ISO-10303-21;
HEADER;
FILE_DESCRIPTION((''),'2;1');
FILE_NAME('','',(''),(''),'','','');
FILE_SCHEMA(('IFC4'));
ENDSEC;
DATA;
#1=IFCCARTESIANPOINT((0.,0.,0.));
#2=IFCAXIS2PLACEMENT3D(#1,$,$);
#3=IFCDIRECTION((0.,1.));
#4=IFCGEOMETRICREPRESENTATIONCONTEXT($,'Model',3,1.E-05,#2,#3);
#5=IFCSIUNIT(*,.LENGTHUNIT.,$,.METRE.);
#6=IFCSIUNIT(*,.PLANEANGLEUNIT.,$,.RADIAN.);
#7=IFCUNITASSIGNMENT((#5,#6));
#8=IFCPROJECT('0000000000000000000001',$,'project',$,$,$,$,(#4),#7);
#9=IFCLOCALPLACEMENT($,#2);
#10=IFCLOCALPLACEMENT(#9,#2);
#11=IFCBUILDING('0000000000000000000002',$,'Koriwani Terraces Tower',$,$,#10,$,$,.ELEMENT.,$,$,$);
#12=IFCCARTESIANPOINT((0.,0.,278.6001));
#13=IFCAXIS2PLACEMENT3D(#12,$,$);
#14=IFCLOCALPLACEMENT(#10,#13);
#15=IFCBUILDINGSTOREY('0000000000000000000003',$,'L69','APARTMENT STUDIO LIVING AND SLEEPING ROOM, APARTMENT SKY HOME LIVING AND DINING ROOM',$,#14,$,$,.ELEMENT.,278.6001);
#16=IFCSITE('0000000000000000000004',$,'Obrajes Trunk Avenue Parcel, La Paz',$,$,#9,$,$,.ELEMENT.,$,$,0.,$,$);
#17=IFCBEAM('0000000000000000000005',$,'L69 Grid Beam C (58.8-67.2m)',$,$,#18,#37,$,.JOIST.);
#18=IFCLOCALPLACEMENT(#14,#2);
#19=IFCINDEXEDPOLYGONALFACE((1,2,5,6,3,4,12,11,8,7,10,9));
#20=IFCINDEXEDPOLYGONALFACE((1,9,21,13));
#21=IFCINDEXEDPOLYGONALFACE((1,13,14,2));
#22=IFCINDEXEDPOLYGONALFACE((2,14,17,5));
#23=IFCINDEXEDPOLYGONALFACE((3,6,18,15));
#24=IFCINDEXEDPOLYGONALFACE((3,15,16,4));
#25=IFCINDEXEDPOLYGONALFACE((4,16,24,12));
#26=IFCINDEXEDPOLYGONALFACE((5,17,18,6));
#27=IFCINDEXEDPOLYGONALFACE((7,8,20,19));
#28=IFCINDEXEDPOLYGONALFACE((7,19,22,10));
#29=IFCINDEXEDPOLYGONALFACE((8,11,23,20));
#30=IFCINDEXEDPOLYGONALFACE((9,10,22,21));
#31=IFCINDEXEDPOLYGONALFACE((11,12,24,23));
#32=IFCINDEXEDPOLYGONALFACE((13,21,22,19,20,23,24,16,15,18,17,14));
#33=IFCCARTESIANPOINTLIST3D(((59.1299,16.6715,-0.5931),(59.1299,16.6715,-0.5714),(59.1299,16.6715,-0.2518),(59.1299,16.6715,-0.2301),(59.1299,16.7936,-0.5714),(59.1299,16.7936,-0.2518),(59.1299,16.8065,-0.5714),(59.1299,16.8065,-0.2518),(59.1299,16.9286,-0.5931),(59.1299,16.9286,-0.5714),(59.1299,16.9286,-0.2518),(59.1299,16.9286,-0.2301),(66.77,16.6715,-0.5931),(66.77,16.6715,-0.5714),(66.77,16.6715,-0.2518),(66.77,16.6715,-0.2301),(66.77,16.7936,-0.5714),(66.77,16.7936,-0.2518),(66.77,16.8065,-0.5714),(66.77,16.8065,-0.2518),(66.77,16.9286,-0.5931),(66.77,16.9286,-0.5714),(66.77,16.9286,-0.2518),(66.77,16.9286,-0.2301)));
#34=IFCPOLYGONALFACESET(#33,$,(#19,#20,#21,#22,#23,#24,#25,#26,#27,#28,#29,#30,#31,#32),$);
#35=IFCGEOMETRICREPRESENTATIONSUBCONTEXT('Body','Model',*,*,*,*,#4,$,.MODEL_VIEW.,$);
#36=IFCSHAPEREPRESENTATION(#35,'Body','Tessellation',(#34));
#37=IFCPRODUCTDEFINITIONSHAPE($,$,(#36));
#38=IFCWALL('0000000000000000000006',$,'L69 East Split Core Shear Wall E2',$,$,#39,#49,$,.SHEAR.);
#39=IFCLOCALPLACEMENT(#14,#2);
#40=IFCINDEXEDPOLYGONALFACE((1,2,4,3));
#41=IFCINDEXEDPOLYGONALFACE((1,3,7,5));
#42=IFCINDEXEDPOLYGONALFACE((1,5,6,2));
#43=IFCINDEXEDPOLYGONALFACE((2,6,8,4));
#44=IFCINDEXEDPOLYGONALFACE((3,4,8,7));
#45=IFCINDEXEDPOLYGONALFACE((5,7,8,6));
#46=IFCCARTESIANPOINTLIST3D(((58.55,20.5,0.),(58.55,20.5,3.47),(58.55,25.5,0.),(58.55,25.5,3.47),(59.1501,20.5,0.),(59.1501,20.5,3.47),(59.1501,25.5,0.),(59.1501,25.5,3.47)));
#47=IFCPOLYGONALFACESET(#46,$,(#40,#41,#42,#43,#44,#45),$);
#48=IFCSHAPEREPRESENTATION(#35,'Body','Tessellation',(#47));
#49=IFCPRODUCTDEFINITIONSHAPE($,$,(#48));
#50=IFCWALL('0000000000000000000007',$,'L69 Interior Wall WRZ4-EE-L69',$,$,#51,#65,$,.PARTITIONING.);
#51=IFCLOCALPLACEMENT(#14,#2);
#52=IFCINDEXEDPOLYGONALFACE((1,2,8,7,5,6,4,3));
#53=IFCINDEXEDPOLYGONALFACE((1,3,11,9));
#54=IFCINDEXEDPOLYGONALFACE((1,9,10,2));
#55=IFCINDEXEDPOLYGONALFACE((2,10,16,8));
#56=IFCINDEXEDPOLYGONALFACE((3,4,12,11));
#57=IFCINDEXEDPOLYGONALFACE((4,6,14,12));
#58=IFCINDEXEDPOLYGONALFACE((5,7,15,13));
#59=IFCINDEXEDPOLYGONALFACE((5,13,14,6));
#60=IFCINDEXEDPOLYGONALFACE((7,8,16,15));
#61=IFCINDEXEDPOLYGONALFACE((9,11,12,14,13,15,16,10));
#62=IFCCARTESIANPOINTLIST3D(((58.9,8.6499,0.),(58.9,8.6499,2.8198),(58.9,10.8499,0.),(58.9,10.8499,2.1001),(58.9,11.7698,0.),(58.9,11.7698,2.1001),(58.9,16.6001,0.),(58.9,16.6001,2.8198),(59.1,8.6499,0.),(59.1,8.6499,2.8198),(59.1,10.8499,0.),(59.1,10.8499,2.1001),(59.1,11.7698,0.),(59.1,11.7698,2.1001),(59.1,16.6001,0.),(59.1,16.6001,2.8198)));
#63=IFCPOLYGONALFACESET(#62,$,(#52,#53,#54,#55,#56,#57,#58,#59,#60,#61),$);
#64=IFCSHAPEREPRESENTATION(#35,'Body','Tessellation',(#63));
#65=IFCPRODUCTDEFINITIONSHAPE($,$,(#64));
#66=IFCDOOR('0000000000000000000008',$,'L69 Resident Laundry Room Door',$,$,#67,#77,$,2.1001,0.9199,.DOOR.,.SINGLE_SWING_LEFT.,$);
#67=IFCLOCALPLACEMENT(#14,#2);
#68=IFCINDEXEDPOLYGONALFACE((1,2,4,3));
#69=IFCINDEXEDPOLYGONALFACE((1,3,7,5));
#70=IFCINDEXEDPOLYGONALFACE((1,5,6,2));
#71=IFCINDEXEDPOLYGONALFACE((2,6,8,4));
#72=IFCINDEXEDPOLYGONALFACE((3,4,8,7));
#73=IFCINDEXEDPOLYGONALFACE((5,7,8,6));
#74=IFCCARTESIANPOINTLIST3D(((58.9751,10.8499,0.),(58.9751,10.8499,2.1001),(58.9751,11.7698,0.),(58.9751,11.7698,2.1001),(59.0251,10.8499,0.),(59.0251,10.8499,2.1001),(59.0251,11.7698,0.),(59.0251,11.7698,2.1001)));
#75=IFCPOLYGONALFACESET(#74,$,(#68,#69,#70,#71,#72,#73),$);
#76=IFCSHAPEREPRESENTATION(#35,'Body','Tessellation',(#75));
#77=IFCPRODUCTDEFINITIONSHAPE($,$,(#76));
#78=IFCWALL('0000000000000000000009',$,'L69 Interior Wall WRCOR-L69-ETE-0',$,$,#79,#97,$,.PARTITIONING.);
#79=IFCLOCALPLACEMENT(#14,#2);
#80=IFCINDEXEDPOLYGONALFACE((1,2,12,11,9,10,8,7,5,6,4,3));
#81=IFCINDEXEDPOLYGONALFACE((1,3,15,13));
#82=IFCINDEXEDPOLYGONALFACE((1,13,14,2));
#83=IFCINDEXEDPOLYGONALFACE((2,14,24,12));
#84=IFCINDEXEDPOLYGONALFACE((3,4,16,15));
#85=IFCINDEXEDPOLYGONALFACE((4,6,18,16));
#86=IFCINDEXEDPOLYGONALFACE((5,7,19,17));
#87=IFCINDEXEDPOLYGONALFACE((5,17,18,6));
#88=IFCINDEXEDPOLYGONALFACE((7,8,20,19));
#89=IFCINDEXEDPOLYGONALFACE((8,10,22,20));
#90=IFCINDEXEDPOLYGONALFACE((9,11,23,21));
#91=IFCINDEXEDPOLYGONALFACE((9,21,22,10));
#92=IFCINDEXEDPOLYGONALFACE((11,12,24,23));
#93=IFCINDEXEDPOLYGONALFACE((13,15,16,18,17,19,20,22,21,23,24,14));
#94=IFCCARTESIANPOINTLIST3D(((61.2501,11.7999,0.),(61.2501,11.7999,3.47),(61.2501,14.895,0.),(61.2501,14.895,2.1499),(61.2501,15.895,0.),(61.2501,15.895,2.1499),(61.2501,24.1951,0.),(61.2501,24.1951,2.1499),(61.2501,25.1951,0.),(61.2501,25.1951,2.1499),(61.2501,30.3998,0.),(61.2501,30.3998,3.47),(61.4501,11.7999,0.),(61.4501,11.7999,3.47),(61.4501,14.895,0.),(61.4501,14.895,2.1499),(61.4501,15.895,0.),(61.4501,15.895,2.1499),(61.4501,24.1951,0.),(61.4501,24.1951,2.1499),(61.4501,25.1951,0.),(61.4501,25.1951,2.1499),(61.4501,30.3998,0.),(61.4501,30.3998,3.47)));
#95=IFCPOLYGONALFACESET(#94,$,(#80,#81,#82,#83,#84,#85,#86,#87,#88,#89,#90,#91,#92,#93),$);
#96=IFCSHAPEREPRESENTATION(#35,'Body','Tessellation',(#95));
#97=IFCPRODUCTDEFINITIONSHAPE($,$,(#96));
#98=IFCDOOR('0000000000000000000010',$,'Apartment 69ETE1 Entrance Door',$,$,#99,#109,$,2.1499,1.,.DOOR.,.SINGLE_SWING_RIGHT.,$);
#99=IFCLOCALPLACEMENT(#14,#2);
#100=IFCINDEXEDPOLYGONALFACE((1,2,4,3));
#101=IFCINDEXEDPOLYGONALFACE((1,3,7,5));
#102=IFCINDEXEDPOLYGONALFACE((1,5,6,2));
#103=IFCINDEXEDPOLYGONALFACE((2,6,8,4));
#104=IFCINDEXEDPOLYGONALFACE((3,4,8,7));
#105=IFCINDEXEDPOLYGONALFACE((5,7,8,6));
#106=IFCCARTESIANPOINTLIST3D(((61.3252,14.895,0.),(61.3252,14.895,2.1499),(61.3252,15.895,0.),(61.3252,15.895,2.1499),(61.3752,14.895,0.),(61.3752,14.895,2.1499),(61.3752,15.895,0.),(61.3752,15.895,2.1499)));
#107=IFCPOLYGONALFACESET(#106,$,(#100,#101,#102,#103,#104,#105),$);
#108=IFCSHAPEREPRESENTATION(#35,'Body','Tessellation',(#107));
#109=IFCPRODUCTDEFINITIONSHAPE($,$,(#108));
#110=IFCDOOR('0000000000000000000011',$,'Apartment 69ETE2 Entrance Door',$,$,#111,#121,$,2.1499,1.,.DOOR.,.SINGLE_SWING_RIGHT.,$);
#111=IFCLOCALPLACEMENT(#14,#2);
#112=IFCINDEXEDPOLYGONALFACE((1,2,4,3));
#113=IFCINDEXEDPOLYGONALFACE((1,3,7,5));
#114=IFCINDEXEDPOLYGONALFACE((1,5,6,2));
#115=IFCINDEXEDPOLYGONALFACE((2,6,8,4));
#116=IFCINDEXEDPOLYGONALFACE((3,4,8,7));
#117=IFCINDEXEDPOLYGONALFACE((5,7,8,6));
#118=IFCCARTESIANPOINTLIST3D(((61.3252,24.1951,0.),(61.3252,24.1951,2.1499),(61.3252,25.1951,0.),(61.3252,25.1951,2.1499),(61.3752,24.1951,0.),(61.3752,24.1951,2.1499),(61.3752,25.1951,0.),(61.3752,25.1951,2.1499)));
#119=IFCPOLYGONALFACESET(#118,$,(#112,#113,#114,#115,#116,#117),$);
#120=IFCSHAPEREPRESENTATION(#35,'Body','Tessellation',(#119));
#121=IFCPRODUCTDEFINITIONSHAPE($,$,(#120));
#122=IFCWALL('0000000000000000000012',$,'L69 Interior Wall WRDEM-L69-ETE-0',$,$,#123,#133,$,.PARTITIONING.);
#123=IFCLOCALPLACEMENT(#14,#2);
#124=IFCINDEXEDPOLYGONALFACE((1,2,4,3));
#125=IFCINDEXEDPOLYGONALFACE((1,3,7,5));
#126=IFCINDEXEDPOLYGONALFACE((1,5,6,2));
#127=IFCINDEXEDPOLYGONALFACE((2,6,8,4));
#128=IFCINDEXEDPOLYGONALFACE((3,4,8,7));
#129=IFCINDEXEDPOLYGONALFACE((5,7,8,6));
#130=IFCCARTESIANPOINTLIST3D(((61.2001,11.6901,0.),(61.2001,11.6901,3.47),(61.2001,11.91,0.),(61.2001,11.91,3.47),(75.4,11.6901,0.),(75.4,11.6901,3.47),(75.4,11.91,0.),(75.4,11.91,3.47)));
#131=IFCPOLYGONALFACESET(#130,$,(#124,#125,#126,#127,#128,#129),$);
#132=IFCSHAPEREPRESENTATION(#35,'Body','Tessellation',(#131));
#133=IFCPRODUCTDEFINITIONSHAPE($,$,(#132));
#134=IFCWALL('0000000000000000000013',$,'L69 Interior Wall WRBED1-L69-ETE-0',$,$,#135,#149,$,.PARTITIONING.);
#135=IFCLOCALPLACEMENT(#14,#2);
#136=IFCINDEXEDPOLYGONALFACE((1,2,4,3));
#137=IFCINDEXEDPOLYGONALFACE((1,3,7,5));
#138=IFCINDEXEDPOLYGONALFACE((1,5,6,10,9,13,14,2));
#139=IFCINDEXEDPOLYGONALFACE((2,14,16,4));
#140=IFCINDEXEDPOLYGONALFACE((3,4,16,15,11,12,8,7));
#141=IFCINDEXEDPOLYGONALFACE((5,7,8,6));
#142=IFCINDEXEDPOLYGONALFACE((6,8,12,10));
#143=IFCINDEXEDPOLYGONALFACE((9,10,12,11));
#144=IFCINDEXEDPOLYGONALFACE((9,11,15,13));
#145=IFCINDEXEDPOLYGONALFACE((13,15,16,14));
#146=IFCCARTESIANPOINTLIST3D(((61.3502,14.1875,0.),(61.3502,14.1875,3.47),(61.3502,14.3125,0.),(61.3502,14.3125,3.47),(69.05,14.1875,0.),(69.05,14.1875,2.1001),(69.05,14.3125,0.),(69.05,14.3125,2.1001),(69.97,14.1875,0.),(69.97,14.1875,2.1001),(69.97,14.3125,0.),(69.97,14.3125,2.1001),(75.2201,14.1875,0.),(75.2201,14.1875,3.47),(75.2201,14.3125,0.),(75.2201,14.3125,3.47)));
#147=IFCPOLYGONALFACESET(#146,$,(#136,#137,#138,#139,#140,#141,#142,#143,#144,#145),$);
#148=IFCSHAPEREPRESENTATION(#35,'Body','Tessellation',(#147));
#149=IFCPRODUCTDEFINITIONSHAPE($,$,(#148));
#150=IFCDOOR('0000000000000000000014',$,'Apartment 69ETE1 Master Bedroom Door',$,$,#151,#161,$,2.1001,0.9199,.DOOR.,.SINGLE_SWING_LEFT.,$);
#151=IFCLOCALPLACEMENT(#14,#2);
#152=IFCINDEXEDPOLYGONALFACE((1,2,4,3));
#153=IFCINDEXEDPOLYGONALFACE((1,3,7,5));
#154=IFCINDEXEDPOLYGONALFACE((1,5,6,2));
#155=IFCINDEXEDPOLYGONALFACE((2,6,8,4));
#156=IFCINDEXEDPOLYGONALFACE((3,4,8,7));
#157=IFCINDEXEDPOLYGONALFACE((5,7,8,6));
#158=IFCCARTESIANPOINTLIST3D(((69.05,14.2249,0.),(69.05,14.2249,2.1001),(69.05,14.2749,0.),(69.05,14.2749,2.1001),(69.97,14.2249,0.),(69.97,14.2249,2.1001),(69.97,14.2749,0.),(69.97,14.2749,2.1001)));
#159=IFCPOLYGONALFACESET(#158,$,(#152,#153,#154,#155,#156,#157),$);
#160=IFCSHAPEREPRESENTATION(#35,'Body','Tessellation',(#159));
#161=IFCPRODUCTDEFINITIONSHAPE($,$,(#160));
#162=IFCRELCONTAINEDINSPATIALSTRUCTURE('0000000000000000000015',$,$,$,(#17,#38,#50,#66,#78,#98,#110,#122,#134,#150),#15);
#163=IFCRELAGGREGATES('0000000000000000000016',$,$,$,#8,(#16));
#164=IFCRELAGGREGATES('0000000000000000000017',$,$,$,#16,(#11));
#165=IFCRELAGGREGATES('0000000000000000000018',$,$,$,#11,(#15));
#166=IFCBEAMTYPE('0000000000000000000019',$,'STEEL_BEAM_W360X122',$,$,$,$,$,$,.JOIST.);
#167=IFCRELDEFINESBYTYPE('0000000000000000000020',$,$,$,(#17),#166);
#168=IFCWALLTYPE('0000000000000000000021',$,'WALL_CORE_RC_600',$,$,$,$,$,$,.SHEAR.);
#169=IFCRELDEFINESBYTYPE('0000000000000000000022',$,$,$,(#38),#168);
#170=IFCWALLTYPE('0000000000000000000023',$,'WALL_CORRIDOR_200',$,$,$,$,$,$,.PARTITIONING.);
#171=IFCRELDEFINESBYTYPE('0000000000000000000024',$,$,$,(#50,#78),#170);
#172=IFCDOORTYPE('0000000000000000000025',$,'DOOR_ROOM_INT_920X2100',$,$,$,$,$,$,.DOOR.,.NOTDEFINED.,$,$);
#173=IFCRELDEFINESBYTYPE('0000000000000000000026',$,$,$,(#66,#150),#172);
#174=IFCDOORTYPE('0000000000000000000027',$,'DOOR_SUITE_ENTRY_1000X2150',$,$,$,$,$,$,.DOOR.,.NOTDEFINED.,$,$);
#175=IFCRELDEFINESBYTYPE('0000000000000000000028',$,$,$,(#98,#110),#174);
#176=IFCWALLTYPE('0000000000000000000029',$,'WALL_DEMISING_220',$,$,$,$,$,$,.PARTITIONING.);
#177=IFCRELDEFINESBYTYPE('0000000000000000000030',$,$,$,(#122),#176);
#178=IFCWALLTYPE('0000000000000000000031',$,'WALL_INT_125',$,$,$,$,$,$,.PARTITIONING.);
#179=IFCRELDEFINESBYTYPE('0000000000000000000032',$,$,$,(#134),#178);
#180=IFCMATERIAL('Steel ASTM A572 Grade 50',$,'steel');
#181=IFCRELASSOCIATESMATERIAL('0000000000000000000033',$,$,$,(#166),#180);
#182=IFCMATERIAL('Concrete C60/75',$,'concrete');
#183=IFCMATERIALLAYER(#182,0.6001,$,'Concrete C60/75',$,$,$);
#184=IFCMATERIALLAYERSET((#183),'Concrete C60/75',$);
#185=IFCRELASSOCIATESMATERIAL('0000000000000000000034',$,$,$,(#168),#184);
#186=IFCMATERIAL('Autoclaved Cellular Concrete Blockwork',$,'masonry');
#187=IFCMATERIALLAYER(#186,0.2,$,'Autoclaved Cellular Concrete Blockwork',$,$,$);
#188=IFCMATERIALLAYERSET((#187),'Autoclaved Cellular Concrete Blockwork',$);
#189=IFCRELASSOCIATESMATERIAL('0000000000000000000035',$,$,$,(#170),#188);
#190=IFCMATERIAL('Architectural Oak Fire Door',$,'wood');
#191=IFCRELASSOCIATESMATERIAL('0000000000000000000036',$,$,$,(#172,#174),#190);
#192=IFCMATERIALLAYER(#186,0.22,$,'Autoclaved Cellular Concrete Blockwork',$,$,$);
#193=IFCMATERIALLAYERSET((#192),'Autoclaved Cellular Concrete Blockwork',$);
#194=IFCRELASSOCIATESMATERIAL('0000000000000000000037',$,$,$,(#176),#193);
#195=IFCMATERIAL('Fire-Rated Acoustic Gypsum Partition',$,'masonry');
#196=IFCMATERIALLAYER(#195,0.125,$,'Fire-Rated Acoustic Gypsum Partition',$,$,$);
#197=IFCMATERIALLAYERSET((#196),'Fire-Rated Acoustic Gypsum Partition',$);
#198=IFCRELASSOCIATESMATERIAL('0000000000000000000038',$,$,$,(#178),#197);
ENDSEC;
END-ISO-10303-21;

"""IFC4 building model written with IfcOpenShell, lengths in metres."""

from ifc_helpers import new_model, si_unit, direction, frame, frame_2d, origin, origin_2d, place, context, subcontext, project, spatial, rectangle, i_section, extrude, material, layer, layer_set, material_profile, profile_set, type_object, element, fill, save


model = new_model("IFC4")

# Units and contexts
model_context = context("Model", 3, precision=1e-05, world=origin(), true_north=direction((0.0, 1.0)))
body_context = subcontext(model_context, "Body", "Model", "MODEL_VIEW")
ifc_project = project(units=[si_unit("LENGTHUNIT", "METRE"), si_unit("PLANEANGLEUNIT", "RADIAN")], contexts=[model_context])

# Site, building, storey
site_placement = place(None, origin())
site = spatial("IfcSite", under=ifc_project, at=site_placement, Name="Obrajes Trunk Avenue Parcel, La Paz", CompositionType="ELEMENT", RefElevation=0.0)
building_placement = place(site_placement, origin())
building = spatial("IfcBuilding", under=site, at=building_placement, Name="Koriwani Terraces Tower", CompositionType="ELEMENT")
storey_placement = place(building_placement, frame((0.0, 0.0, 278.6001)))
storey = spatial("IfcBuildingStorey", under=building, at=storey_placement, Name="L69", Description="APARTMENT STUDIO LIVING AND SLEEPING ROOM, APARTMENT SKY HOME LIVING AND DINING ROOM", CompositionType="ELEMENT", Elevation=278.6001)

# Beam
ifc_material_1 = material(Name="Steel ASTM A572 Grade 50", Category="steel")
ifc_material_profile = material_profile(ifc_material_1, i_section(OverallWidth=0.2571, OverallDepth=0.363, WebThickness=0.0129, FlangeThickness=0.0217, at=origin_2d()), Name="Steel ASTM A572 Grade 50", Category="LoadBearing")
ifc_profile_set = profile_set([ifc_material_profile], Name="Steel ASTM A572 Grade 50")
beam_type = type_object("IfcBeamType", Name="STEEL_BEAM_W360X122", PredefinedType="JOIST", material=ifc_profile_set)
beam_placement = place(storey_placement, frame((59.1299, 16.8, -0.4116), z_axis=(1.0, 0.0, 0.0), x_axis=(0.0, 1.0, 0.0)))
element("IfcBeam", 1, at=beam_placement, inside=storey, type_object=beam_type, Name="L69 Grid Beam C (58.8-67.2m)", PredefinedType="JOIST", context=body_context, shape_type="SweptSolid", body=[
    extrude(i_section(OverallWidth=0.2571, OverallDepth=0.363, WebThickness=0.0129, FlangeThickness=0.0217, at=origin_2d()), origin(), (0.0, 0.0, 1.0), 7.6401),
])

# Wall
ifc_material_2 = material(Name="Concrete C60/75", Category="concrete")
ifc_layer_1 = layer(ifc_material_2, 0.6001, Name="Concrete C60/75")
ifc_layer_set_1 = layer_set([ifc_layer_1], Name="Concrete C60/75")
wall_type_1 = type_object("IfcWallType", Name="WALL_CORE_RC_600", PredefinedType="SHEAR", material=ifc_layer_set_1)
wall_1_placement = place(storey_placement, frame((58.8501, 20.5, 0.0), z_axis=(0.0, 0.0, 1.0), x_axis=(0.0, 1.0, 0.0)))
element("IfcWall", 2, at=wall_1_placement, inside=storey, type_object=wall_type_1, Name="L69 East Split Core Shear Wall E2", PredefinedType="SHEAR", context=body_context, shape_type="SweptSolid", body=[
    extrude(rectangle(XDim=5.0, YDim=0.6001, at=frame_2d((2.5, 0.0))), origin(), (0.0, 0.0, 1.0), 3.47),
])

# Wall, opening, door
ifc_material_3 = material(Name="Autoclaved Cellular Concrete Blockwork", Category="masonry")
ifc_layer_2 = layer(ifc_material_3, 0.2, Name="Autoclaved Cellular Concrete Blockwork")
ifc_layer_set_2 = layer_set([ifc_layer_2], Name="Autoclaved Cellular Concrete Blockwork")
wall_type_2 = type_object("IfcWallType", Name="WALL_CORRIDOR_200", PredefinedType="PARTITIONING", material=ifc_layer_set_2)
wall_2_placement = place(storey_placement, frame((59.0, 8.6499, 0.0), z_axis=(0.0, 0.0, 1.0), x_axis=(0.0, 1.0, 0.0)))
wall_2 = element("IfcWall", 3, at=wall_2_placement, inside=storey, type_object=wall_type_2, Name="L69 Interior Wall WRZ4-EE-L69", PredefinedType="PARTITIONING", context=body_context, shape_type="SweptSolid", body=[
    extrude(rectangle(XDim=7.9502, YDim=0.2, at=frame_2d((3.9751, 0.0))), origin(), (0.0, 0.0, 1.0), 2.8198),
])
opening_1_placement = place(wall_2_placement, frame((2.2, 0.0, 0.0)))
opening_1 = element("IfcOpeningElement", 4, at=opening_1_placement, cuts=wall_2, PredefinedType="OPENING", context=body_context, shape_type="SweptSolid", body=[
    extrude(rectangle(XDim=0.9199, YDim=2.1001, at=frame_2d((0.46, 1.05))), frame((0.0, 0.1099, 0.0), z_axis=(0.0, -1.0, 0.0), x_axis=(1.0, 0.0, 0.0)), (0.0, 0.0, 1.0), 0.22),
])
ifc_material_4 = material(Name="Architectural Oak Fire Door", Category="wood")
door_type_1 = type_object("IfcDoorType", Name="DOOR_ROOM_INT_920X2100", OperationType="NOTDEFINED", PredefinedType="DOOR", material=ifc_material_4)
door_1_placement = place(opening_1_placement, origin())
door_1 = element("IfcDoor", 5, at=door_1_placement, inside=storey, type_object=door_type_1, Name="L69 Resident Laundry Room Door", OperationType="SINGLE_SWING_LEFT", OverallHeight=2.1001, OverallWidth=0.9199, PredefinedType="DOOR", context=body_context, shape_type="SweptSolid", body=[
    extrude(rectangle(XDim=0.9199, YDim=2.1001, at=frame_2d((0.46, 1.05))), frame((0.0, 0.0249, 0.0), z_axis=(0.0, -1.0, 0.0), x_axis=(1.0, 0.0, 0.0)), (0.0, 0.0, 1.0), 0.05),
])
fill(opening_1, door_1)

# Wall, openings, doors
wall_3_placement = place(storey_placement, frame((61.3501, 11.8, 0.0), z_axis=(0.0, 0.0, 1.0), x_axis=(0.0, 1.0, 0.0)))
wall_3 = element("IfcWall", 6, at=wall_3_placement, inside=storey, type_object=wall_type_2, Name="L69 Interior Wall WRCOR-L69-ETE-0", PredefinedType="PARTITIONING", context=body_context, shape_type="SweptSolid", body=[
    extrude(rectangle(XDim=18.5999, YDim=0.2, at=frame_2d((9.2998, 0.0))), origin(), (0.0, 0.0, 1.0), 3.47),
])
opening_2_placement = place(wall_3_placement, frame((3.095, 0.0, 0.0)))
opening_2 = element("IfcOpeningElement", 7, at=opening_2_placement, cuts=wall_3, PredefinedType="OPENING", context=body_context, shape_type="SweptSolid", body=[
    extrude(rectangle(XDim=1.0, YDim=2.1499, at=frame_2d((0.5, 1.075))), frame((0.0, 0.1099, 0.0), z_axis=(0.0, -1.0, 0.0), x_axis=(1.0, 0.0, 0.0)), (0.0, 0.0, 1.0), 0.22),
])
opening_3_placement = place(wall_3_placement, frame((12.395, 0.0, 0.0)))
opening_3 = element("IfcOpeningElement", 8, at=opening_3_placement, cuts=wall_3, PredefinedType="OPENING", context=body_context, shape_type="SweptSolid", body=[
    extrude(rectangle(XDim=1.0, YDim=2.1499, at=frame_2d((0.5, 1.075))), frame((0.0, 0.1099, 0.0), z_axis=(0.0, -1.0, 0.0), x_axis=(1.0, 0.0, 0.0)), (0.0, 0.0, 1.0), 0.22),
])
door_type_2 = type_object("IfcDoorType", Name="DOOR_SUITE_ENTRY_1000X2150", OperationType="NOTDEFINED", PredefinedType="DOOR", material=ifc_material_4)
door_2_placement = place(opening_2_placement, origin())
door_2 = element("IfcDoor", 9, at=door_2_placement, inside=storey, type_object=door_type_2, Name="Apartment 69ETE1 Entrance Door", OperationType="SINGLE_SWING_RIGHT", OverallHeight=2.1499, OverallWidth=1.0, PredefinedType="DOOR", context=body_context, shape_type="SweptSolid", body=[
    extrude(rectangle(XDim=1.0, YDim=2.1499, at=frame_2d((0.5, 1.075))), frame((0.0, 0.0249, 0.0), z_axis=(0.0, -1.0, 0.0), x_axis=(1.0, 0.0, 0.0)), (0.0, 0.0, 1.0), 0.05),
])
fill(opening_2, door_2)
door_3_placement = place(opening_3_placement, origin())
door_3 = element("IfcDoor", 10, at=door_3_placement, inside=storey, type_object=door_type_2, Name="Apartment 69ETE2 Entrance Door", OperationType="SINGLE_SWING_RIGHT", OverallHeight=2.1499, OverallWidth=1.0, PredefinedType="DOOR", context=body_context, shape_type="SweptSolid", body=[
    extrude(rectangle(XDim=1.0, YDim=2.1499, at=frame_2d((0.5, 1.075))), frame((0.0, 0.0249, 0.0), z_axis=(0.0, -1.0, 0.0), x_axis=(1.0, 0.0, 0.0)), (0.0, 0.0, 1.0), 0.05),
])
fill(opening_3, door_3)

# Wall
ifc_layer_3 = layer(ifc_material_3, 0.22, Name="Autoclaved Cellular Concrete Blockwork")
ifc_layer_set_3 = layer_set([ifc_layer_3], Name="Autoclaved Cellular Concrete Blockwork")
wall_type_3 = type_object("IfcWallType", Name="WALL_DEMISING_220", PredefinedType="PARTITIONING", material=ifc_layer_set_3)
wall_4_placement = place(storey_placement, frame((61.2, 11.8, 0.0), z_axis=(0.0, 0.0, 1.0), x_axis=(1.0, 0.0, 0.0)))
element("IfcWall", 11, at=wall_4_placement, inside=storey, type_object=wall_type_3, Name="L69 Interior Wall WRDEM-L69-ETE-0", PredefinedType="PARTITIONING", context=body_context, shape_type="SweptSolid", body=[
    extrude(rectangle(XDim=14.2, YDim=0.22, at=frame_2d((7.1001, 0.0))), origin(), (0.0, 0.0, 1.0), 3.47),
])

# Wall, opening, door
ifc_material_5 = material(Name="Fire-Rated Acoustic Gypsum Partition", Category="masonry")
ifc_layer_4 = layer(ifc_material_5, 0.125, Name="Fire-Rated Acoustic Gypsum Partition")
ifc_layer_set_4 = layer_set([ifc_layer_4], Name="Fire-Rated Acoustic Gypsum Partition")
wall_type_4 = type_object("IfcWallType", Name="WALL_INT_125", PredefinedType="PARTITIONING", material=ifc_layer_set_4)
wall_5_placement = place(storey_placement, frame((61.3501, 14.25, 0.0), z_axis=(0.0, 0.0, 1.0), x_axis=(1.0, 0.0, 0.0)))
wall_5 = element("IfcWall", 12, at=wall_5_placement, inside=storey, type_object=wall_type_4, Name="L69 Interior Wall WRBED1-L69-ETE-0", PredefinedType="PARTITIONING", context=body_context, shape_type="SweptSolid", body=[
    extrude(rectangle(XDim=13.8699, YDim=0.125, at=frame_2d((6.9351, 0.0))), origin(), (0.0, 0.0, 1.0), 3.47),
])
opening_4_placement = place(wall_5_placement, frame((7.7, 0.0, 0.0)))
opening_4 = element("IfcOpeningElement", 13, at=opening_4_placement, cuts=wall_5, PredefinedType="OPENING", context=body_context, shape_type="SweptSolid", body=[
    extrude(rectangle(XDim=0.9199, YDim=2.1001, at=frame_2d((0.46, 1.05))), frame((0.0, 0.0725, 0.0), z_axis=(0.0, -1.0, 0.0), x_axis=(1.0, 0.0, 0.0)), (0.0, 0.0, 1.0), 0.145),
])
door_4_placement = place(opening_4_placement, origin())
door_4 = element("IfcDoor", 14, at=door_4_placement, inside=storey, type_object=door_type_1, Name="Apartment 69ETE1 Master Bedroom Door", OperationType="SINGLE_SWING_LEFT", OverallHeight=2.1001, OverallWidth=0.9199, PredefinedType="DOOR", context=body_context, shape_type="SweptSolid", body=[
    extrude(rectangle(XDim=0.9199, YDim=2.1001, at=frame_2d((0.46, 1.05))), frame((0.0, 0.0249, 0.0), z_axis=(0.0, -1.0, 0.0), x_axis=(1.0, 0.0, 0.0)), (0.0, 0.0, 1.0), 0.05),
])
fill(opening_4, door_4)

save(model, "model.ifc")
